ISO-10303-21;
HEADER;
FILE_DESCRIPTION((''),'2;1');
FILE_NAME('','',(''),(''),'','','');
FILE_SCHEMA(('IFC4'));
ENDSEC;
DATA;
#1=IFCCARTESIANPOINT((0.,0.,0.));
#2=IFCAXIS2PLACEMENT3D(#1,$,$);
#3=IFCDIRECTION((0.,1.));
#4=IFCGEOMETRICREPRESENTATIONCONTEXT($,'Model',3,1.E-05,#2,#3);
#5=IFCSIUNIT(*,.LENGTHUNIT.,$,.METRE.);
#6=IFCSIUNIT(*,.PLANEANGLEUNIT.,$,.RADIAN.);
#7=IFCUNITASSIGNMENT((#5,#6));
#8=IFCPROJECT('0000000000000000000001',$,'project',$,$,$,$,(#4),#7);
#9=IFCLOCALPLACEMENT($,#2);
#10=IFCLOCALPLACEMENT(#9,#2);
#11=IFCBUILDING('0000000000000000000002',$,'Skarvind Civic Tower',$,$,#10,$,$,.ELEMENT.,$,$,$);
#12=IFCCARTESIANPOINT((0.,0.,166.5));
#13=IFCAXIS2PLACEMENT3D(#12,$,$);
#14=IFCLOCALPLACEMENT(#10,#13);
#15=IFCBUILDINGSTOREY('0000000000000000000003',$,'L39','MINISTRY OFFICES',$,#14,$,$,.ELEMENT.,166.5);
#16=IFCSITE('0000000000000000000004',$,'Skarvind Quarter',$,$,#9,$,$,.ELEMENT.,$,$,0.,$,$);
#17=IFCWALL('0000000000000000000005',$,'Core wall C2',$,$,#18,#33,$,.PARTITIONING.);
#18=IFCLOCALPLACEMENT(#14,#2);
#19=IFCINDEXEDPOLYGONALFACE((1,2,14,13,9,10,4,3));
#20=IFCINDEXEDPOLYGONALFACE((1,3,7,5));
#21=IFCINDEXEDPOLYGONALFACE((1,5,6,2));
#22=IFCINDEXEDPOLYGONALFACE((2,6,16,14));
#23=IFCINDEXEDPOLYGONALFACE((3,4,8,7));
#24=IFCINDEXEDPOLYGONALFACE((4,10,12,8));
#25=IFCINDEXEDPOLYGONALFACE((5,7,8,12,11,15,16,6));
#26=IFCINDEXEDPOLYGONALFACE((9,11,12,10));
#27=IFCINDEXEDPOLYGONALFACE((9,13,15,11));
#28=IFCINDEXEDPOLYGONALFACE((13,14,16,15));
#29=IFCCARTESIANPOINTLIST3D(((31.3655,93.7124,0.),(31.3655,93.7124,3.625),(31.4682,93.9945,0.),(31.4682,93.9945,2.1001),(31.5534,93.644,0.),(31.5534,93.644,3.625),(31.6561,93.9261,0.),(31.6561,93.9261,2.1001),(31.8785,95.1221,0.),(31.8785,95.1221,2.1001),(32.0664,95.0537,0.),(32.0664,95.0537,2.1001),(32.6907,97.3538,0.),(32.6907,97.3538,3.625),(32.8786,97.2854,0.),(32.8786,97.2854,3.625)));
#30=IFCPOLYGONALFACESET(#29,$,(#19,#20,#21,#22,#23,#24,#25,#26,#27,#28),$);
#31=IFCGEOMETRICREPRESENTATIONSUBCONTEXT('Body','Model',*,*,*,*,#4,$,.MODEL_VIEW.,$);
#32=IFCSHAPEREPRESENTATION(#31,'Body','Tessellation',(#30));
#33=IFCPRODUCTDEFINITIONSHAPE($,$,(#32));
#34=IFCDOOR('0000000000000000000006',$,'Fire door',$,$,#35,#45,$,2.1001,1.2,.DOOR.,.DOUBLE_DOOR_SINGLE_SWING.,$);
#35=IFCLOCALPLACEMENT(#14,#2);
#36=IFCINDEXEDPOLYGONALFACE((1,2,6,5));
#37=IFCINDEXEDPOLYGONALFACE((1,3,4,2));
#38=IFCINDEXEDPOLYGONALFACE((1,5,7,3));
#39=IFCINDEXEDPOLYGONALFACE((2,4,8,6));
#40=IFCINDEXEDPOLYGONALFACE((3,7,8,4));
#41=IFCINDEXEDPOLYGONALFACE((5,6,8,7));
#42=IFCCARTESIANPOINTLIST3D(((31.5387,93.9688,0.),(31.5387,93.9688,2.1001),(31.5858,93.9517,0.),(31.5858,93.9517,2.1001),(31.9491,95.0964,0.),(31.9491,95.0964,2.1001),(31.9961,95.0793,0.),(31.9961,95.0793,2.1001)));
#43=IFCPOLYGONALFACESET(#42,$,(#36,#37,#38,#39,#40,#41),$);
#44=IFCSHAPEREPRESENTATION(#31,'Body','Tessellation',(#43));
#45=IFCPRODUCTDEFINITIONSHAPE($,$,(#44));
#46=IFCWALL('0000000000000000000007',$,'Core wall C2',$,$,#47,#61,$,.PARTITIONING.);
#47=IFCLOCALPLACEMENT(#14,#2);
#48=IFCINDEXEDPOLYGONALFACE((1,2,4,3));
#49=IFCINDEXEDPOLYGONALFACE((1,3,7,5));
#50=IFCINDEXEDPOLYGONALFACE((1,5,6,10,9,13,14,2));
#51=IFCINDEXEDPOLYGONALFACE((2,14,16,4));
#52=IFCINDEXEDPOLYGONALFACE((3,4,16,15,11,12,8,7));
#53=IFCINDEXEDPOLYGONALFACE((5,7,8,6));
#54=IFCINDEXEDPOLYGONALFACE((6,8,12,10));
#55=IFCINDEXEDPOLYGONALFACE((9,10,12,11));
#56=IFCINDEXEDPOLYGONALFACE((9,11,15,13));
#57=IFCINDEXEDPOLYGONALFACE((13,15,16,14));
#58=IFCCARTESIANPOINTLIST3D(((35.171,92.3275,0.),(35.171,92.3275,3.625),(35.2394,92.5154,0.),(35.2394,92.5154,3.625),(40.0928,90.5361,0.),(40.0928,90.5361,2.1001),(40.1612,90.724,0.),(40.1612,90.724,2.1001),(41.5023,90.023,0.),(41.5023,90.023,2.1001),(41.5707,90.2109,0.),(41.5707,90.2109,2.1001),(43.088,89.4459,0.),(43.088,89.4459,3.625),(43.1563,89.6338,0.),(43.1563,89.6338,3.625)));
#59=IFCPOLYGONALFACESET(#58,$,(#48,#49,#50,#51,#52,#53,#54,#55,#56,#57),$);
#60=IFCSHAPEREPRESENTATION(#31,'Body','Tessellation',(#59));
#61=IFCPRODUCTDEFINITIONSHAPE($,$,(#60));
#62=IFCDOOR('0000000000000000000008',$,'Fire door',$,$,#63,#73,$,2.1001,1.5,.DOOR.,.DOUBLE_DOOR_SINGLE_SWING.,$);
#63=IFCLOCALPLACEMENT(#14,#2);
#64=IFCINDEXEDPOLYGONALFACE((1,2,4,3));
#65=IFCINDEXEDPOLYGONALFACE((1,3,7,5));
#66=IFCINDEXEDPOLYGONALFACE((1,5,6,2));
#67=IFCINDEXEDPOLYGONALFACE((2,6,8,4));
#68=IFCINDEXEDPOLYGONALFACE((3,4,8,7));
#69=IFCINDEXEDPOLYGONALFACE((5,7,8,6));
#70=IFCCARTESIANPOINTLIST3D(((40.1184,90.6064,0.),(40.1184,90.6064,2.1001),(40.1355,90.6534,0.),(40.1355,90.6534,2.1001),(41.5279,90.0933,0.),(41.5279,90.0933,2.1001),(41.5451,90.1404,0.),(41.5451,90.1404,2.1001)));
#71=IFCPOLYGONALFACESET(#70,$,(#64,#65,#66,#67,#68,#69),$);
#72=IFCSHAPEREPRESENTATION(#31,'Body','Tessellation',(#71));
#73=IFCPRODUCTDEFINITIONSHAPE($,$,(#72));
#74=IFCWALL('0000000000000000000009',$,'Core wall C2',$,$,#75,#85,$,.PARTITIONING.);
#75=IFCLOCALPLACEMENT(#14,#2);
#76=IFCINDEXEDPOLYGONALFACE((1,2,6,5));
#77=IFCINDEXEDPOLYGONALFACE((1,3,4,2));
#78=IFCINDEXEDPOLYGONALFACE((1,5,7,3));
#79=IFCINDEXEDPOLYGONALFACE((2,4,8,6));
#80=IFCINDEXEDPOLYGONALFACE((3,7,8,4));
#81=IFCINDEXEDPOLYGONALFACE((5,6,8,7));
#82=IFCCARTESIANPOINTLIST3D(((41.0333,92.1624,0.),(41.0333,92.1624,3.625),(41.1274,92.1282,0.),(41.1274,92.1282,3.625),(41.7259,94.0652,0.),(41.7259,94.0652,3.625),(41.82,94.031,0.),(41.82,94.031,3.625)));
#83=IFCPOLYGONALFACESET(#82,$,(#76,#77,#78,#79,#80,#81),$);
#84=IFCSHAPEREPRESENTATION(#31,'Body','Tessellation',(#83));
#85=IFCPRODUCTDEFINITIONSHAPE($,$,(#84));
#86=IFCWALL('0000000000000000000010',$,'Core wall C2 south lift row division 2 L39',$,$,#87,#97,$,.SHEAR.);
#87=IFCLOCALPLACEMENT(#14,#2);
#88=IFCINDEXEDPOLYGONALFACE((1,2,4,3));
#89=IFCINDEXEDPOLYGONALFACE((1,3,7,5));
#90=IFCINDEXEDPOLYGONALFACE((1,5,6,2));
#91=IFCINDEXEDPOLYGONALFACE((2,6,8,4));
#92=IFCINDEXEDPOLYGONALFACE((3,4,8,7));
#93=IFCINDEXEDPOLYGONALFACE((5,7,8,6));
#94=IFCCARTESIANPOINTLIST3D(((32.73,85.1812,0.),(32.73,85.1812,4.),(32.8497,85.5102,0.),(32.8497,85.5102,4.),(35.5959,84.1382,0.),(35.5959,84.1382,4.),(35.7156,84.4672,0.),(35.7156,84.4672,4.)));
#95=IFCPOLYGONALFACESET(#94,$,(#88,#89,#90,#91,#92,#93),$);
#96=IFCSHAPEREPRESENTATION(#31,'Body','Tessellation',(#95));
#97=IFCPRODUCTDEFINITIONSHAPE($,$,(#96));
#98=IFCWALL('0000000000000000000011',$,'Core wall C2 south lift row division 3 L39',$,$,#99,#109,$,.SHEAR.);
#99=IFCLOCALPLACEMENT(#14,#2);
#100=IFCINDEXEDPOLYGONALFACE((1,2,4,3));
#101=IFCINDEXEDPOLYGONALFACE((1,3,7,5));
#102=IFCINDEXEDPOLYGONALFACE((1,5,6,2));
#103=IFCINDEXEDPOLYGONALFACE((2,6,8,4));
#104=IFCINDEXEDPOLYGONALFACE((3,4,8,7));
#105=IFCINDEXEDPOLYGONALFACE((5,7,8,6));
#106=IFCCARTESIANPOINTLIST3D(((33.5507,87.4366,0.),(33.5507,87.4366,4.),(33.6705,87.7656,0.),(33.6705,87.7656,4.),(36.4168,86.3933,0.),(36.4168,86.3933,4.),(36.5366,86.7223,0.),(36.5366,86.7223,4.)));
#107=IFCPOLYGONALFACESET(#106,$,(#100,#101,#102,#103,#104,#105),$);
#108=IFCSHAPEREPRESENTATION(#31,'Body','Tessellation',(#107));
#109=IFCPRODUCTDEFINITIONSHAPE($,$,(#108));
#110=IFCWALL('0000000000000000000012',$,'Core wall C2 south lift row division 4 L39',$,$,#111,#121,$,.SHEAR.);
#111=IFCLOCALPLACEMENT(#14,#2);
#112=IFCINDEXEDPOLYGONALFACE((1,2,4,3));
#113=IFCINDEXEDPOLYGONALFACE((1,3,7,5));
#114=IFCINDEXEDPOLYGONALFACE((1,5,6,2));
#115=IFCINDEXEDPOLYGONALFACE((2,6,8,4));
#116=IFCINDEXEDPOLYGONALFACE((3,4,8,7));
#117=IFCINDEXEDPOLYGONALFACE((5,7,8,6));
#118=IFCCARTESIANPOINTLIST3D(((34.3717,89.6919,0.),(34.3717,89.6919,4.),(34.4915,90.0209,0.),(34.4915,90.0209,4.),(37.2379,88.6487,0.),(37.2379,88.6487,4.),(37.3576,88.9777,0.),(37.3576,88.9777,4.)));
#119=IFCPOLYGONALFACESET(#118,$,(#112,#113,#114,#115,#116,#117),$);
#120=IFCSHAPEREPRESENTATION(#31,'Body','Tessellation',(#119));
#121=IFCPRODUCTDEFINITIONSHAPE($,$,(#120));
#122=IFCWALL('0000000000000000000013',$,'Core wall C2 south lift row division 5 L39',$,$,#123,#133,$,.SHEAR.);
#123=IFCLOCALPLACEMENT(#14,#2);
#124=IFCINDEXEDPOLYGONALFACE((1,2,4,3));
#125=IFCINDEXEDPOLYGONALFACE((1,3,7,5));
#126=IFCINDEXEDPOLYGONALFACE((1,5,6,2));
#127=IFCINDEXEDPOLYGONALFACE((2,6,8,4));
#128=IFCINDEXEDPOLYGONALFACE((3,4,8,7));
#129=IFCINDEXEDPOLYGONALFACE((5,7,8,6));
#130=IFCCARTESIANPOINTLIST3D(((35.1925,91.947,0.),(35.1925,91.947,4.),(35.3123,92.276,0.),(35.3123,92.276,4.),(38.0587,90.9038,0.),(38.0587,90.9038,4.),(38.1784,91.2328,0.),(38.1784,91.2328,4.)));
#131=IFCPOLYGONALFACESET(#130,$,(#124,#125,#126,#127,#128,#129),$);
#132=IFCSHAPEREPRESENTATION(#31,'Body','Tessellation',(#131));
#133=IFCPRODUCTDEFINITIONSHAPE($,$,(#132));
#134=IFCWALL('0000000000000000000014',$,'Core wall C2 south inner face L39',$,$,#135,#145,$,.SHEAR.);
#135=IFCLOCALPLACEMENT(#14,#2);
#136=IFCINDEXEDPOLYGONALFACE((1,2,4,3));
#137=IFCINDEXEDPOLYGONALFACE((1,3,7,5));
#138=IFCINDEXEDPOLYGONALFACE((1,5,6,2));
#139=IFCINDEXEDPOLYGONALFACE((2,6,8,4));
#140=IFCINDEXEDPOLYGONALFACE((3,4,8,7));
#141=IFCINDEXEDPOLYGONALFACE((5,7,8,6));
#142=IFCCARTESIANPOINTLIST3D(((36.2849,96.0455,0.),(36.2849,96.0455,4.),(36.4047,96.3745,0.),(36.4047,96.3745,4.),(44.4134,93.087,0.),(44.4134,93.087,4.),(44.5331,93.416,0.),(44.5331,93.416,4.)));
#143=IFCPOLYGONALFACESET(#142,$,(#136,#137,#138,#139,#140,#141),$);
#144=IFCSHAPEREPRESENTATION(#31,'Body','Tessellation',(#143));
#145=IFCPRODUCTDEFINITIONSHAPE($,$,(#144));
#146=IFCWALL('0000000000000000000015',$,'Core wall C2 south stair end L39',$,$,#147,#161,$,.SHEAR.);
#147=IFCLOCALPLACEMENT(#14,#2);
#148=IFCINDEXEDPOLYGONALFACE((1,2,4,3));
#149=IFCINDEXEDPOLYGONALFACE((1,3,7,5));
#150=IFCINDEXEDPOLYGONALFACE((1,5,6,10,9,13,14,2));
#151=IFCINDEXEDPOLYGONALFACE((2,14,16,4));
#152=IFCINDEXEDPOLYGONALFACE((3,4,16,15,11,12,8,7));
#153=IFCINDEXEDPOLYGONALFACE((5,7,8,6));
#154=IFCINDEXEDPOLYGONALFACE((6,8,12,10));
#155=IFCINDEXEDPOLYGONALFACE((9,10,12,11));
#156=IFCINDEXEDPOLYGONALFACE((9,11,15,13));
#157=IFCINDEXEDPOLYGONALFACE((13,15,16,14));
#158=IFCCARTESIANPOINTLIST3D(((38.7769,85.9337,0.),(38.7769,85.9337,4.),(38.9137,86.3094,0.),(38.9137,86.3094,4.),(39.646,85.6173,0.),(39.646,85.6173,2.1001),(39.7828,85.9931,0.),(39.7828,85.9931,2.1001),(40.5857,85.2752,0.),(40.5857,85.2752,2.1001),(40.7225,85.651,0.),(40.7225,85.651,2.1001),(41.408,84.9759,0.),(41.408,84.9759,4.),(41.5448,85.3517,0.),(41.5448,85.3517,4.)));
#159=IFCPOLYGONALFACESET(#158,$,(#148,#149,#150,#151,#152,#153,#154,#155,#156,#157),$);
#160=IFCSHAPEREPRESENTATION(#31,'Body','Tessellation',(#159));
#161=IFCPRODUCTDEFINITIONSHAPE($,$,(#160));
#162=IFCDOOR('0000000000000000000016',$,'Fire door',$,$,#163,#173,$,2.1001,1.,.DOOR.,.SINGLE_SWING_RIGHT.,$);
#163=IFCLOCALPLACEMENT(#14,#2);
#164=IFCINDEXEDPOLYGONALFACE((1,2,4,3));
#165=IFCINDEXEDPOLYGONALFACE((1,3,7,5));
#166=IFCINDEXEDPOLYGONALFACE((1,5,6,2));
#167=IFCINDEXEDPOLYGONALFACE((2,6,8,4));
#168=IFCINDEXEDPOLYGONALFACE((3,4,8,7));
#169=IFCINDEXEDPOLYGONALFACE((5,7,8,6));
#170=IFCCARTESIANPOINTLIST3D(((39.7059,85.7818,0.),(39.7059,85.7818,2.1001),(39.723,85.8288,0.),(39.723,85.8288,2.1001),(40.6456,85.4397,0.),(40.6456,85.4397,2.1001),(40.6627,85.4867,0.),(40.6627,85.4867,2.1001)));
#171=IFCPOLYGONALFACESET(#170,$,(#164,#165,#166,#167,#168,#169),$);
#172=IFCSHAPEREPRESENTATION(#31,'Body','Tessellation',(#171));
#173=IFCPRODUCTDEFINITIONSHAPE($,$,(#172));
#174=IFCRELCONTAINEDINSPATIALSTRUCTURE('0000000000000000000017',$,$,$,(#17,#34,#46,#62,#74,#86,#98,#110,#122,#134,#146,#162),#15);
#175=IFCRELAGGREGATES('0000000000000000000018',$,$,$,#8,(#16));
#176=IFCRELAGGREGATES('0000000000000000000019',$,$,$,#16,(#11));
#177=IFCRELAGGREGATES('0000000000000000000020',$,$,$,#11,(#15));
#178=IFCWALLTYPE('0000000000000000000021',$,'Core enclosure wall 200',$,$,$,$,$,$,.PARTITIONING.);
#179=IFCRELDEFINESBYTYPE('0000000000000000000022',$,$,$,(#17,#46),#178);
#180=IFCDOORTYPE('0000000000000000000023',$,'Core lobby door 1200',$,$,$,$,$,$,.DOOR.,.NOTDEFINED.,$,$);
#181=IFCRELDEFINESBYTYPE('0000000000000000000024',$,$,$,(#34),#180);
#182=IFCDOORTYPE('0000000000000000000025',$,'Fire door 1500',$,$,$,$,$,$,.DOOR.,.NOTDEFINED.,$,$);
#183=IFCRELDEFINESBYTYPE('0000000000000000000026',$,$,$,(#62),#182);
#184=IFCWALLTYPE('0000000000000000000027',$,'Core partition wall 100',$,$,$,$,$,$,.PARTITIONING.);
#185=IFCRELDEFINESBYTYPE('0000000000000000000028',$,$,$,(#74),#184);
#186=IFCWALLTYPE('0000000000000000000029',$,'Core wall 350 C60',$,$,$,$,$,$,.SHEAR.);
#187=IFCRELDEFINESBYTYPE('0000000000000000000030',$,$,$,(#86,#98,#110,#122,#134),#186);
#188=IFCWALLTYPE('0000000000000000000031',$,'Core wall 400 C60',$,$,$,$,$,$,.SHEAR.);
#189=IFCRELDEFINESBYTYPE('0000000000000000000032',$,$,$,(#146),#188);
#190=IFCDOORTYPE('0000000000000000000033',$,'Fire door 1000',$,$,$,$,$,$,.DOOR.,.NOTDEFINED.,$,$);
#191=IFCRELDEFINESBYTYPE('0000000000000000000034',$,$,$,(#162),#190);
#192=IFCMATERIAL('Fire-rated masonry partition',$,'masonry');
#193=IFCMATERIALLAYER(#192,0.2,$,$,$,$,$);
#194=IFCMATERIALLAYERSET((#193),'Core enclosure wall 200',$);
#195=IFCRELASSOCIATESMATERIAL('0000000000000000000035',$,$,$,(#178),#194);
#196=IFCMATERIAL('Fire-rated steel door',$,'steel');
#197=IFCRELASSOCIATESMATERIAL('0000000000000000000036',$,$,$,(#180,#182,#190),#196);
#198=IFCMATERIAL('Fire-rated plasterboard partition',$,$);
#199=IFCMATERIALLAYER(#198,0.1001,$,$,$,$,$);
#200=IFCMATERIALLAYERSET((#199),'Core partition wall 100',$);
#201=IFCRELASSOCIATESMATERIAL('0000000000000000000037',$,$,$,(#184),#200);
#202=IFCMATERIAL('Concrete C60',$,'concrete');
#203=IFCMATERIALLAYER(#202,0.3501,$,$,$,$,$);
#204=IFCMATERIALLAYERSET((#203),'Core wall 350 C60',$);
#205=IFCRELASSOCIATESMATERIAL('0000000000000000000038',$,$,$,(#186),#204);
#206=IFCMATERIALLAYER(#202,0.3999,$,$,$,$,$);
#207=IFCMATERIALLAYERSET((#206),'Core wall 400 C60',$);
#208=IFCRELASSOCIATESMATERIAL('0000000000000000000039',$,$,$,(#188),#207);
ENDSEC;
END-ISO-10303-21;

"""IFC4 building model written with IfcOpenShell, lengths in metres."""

from ifc_helpers import new_model, si_unit, direction, frame, frame_2d, origin, place, context, subcontext, project, spatial, rectangle, extrude, material, layer, layer_set, type_object, element, fill, save


model = new_model("IFC4")

# Units and contexts
model_context = context("Model", 3, precision=1e-05, world=origin(), true_north=direction((0.0, 1.0)))
body_context = subcontext(model_context, "Body", "Model", "MODEL_VIEW")
ifc_project = project(units=[si_unit("LENGTHUNIT", "METRE"), si_unit("PLANEANGLEUNIT", "RADIAN")], contexts=[model_context])

# Site, building, storey
site_placement = place(None, origin())
site = spatial("IfcSite", under=ifc_project, at=site_placement, Name="Skarvind Quarter", CompositionType="ELEMENT", RefElevation=0.0)
building_placement = place(site_placement, origin())
building = spatial("IfcBuilding", under=site, at=building_placement, Name="Skarvind Civic Tower", CompositionType="ELEMENT")
storey_placement = place(building_placement, frame((0.0, 0.0, 166.5)))
storey = spatial("IfcBuildingStorey", under=building, at=storey_placement, Name="L39", Description="MINISTRY OFFICES", CompositionType="ELEMENT", Elevation=166.5)

# Walls, openings, doors
ifc_material_1 = material(Name="Fire-rated masonry partition", Category="masonry")
ifc_layer_1 = layer(ifc_material_1, 0.2)
ifc_layer_set_1 = layer_set([ifc_layer_1], Name="Core enclosure wall 200")
wall_type_1 = type_object("IfcWallType", Name="Core enclosure wall 200", PredefinedType="PARTITIONING", material=ifc_layer_set_1)
wall_1_placement = place(storey_placement, frame((31.4595, 93.6782, 0.0), z_axis=(0.0, 0.0, 1.0), x_axis=(0.341986, 0.939705, 0.0)))
wall_1 = element("IfcWall", 1, at=wall_1_placement, inside=storey, type_object=wall_type_1, Name="Core wall C2", PredefinedType="PARTITIONING", context=body_context, shape_type="SweptSolid", body=[
    extrude(rectangle(XDim=3.875, YDim=0.2, at=frame_2d((1.9375, 0.0))), origin(), (0.0, 0.0, 1.0), 3.625),
])
opening_1_placement = place(wall_1_placement, frame((0.3, 0.0, 0.0)))
opening_1 = element("IfcOpeningElement", 2, at=opening_1_placement, cuts=wall_1, PredefinedType="OPENING", context=body_context, shape_type="SweptSolid", body=[
    extrude(rectangle(XDim=1.2, YDim=2.1001, at=frame_2d((0.6001, 1.05))), frame((0.0, 0.1099, 0.0), z_axis=(0.0, -1.0, 0.0), x_axis=(1.0, 0.0, 0.0)), (0.0, 0.0, 1.0), 0.22),
])
ifc_material_2 = material(Name="Fire-rated steel door", Category="steel")
door_type_1 = type_object("IfcDoorType", Name="Core lobby door 1200", OperationType="NOTDEFINED", PredefinedType="DOOR", material=ifc_material_2)
door_1_placement = place(opening_1_placement, origin())
door_1 = element("IfcDoor", 3, at=door_1_placement, inside=storey, type_object=door_type_1, Name="Fire door", OperationType="DOUBLE_DOOR_SINGLE_SWING", OverallHeight=2.1001, OverallWidth=1.2, PredefinedType="DOOR", context=body_context, shape_type="SweptSolid", body=[
    extrude(rectangle(XDim=1.2, YDim=2.1001, at=frame_2d((0.6001, 1.05))), frame((0.0, 0.0249, 0.0), z_axis=(0.0, -1.0, 0.0), x_axis=(1.0, 0.0, 0.0)), (0.0, 0.0, 1.0), 0.05),
])
fill(opening_1, door_1)
wall_2_placement = place(storey_placement, frame((35.2053, 92.4214, 0.0), z_axis=(0.0, 0.0, 1.0), x_axis=(0.939691, -0.342025, 0.0)))
wall_2 = element("IfcWall", 4, at=wall_2_placement, inside=storey, type_object=wall_type_1, Name="Core wall C2", PredefinedType="PARTITIONING", context=body_context, shape_type="SweptSolid", body=[
    extrude(rectangle(XDim=8.425, YDim=0.2, at=frame_2d((4.2124, 0.0))), origin(), (0.0, 0.0, 1.0), 3.625),
])
opening_2_placement = place(wall_2_placement, frame((5.2375, 0.0, 0.0)))
opening_2 = element("IfcOpeningElement", 5, at=opening_2_placement, cuts=wall_2, PredefinedType="OPENING", context=body_context, shape_type="SweptSolid", body=[
    extrude(rectangle(XDim=1.5, YDim=2.1001, at=frame_2d((0.75, 1.05))), frame((0.0, 0.1099, 0.0), z_axis=(0.0, -1.0, 0.0), x_axis=(1.0, 0.0, 0.0)), (0.0, 0.0, 1.0), 0.22),
])
door_type_2 = type_object("IfcDoorType", Name="Fire door 1500", OperationType="NOTDEFINED", PredefinedType="DOOR", material=ifc_material_2)
door_2_placement = place(opening_2_placement, origin())
door_2 = element("IfcDoor", 6, at=door_2_placement, inside=storey, type_object=door_type_2, Name="Fire door", OperationType="DOUBLE_DOOR_SINGLE_SWING", OverallHeight=2.1001, OverallWidth=1.5, PredefinedType="DOOR", context=body_context, shape_type="SweptSolid", body=[
    extrude(rectangle(XDim=1.5, YDim=2.1001, at=frame_2d((0.75, 1.05))), frame((0.0, 0.0249, 0.0), z_axis=(0.0, -1.0, 0.0), x_axis=(1.0, 0.0, 0.0)), (0.0, 0.0, 1.0), 0.05),
])
fill(opening_2, door_2)

# Walls
ifc_material_3 = material(Name="Fire-rated plasterboard partition")
ifc_layer_2 = layer(ifc_material_3, 0.1001)
ifc_layer_set_2 = layer_set([ifc_layer_2], Name="Core partition wall 100")
wall_type_2 = type_object("IfcWallType", Name="Core partition wall 100", PredefinedType="PARTITIONING", material=ifc_layer_set_2)
wall_3_placement = place(storey_placement, frame((41.7729, 94.0481, 0.0), z_axis=(0.0, 0.0, 1.0), x_axis=(-0.342043, -0.939684, 0.0)))
element("IfcWall", 7, at=wall_3_placement, inside=storey, type_object=wall_type_2, Name="Core wall C2", PredefinedType="PARTITIONING", context=body_context, shape_type="SweptSolid", body=[
    extrude(rectangle(XDim=2.0249, YDim=0.1001, at=frame_2d((1.0125, 0.0))), origin(), (0.0, 0.0, 1.0), 3.625),
])
ifc_material_4 = material(Name="Concrete C60", Category="concrete")
ifc_layer_3 = layer(ifc_material_4, 0.3501)
ifc_layer_set_3 = layer_set([ifc_layer_3], Name="Core wall 350 C60")
wall_type_3 = type_object("IfcWallType", Name="Core wall 350 C60", PredefinedType="SHEAR", material=ifc_layer_set_3)
wall_4_placement = place(storey_placement, frame((35.6558, 84.3027, 0.0), z_axis=(0.0, 0.0, 1.0), x_axis=(-0.939709, 0.341974, 0.0)))
element("IfcWall", 8, at=wall_4_placement, inside=storey, type_object=wall_type_3, Name="Core wall C2 south lift row division 2 L39", PredefinedType="SHEAR", context=body_context, shape_type="SweptSolid", body=[
    extrude(rectangle(XDim=3.0498, YDim=0.3501, at=frame_2d((1.5249, 0.0))), origin(), (0.0, 0.0, 1.0), 4.0),
])
for number, where, z_axis, x_axis, name in (
    (9, (36.4766, 86.5579, 0.0), (0.0, 0.0, 1.0), (-0.939684, 0.342045, 0.0), "Core wall C2 south lift row division 3 L39"),
    (10, (37.2976, 88.8132, 0.0), (0.0, 0.0, 1.0), (-0.939693, 0.342019, 0.0), "Core wall C2 south lift row division 4 L39"),
    (11, (38.1184, 91.0684, 0.0), (0.0, 0.0, 1.0), (-0.939693, 0.342019, 0.0), "Core wall C2 south lift row division 5 L39"),
):
    element("IfcWall", number, at=place(storey_placement, frame(where, z_axis=z_axis, x_axis=x_axis)), inside=storey, type_object=wall_type_3, Name=name, PredefinedType="SHEAR", context=body_context, shape_type="SweptSolid", body=[
        extrude(rectangle(XDim=3.05, YDim=0.3501, at=frame_2d((1.5249, 0.0))), origin(), (0.0, 0.0, 1.0), 4.0),
    ])
wall_5_placement = place(storey_placement, frame((44.4734, 93.2515, 0.0), z_axis=(0.0, 0.0, 1.0), x_axis=(-0.939693, 0.34202, 0.0)))
element("IfcWall", 12, at=wall_5_placement, inside=storey, type_object=wall_type_3, Name="Core wall C2 south inner face L39", PredefinedType="SHEAR", context=body_context, shape_type="SweptSolid", body=[
    extrude(rectangle(XDim=8.6501, YDim=0.3501, at=frame_2d((4.3252, 0.0))), origin(), (0.0, 0.0, 1.0), 4.0),
])

# Wall, opening, door
ifc_layer_4 = layer(ifc_material_4, 0.3999)
ifc_layer_set_4 = layer_set([ifc_layer_4], Name="Core wall 400 C60")
wall_type_4 = type_object("IfcWallType", Name="Core wall 400 C60", PredefinedType="SHEAR", material=ifc_layer_set_4)
wall_6_placement = place(storey_placement, frame((41.4763, 85.1638, 0.0), z_axis=(0.0, 0.0, 1.0), x_axis=(-0.939679, 0.342058, 0.0)))
wall_6 = element("IfcWall", 13, at=wall_6_placement, inside=storey, type_object=wall_type_4, Name="Core wall C2 south stair end L39", PredefinedType="SHEAR", context=body_context, shape_type="SweptSolid", body=[
    extrude(rectangle(XDim=2.8, YDim=0.3999, at=frame_2d((1.3999, 0.0))), origin(), (0.0, 0.0, 1.0), 4.0),
])
opening_3_placement = place(wall_6_placement, frame((0.875, 0.0, 0.0)))
opening_3 = element("IfcOpeningElement", 14, at=opening_3_placement, cuts=wall_6, PredefinedType="OPENING", context=body_context, shape_type="SweptSolid", body=[
    extrude(rectangle(XDim=1.0, YDim=2.1001, at=frame_2d((0.5, 1.05))), frame((0.0, 0.21, 0.0), z_axis=(0.0, -1.0, 0.0), x_axis=(1.0, 0.0, 0.0)), (0.0, 0.0, 1.0), 0.4199),
])
door_type_3 = type_object("IfcDoorType", Name="Fire door 1000", OperationType="NOTDEFINED", PredefinedType="DOOR", material=ifc_material_2)
door_3_placement = place(opening_3_placement, origin())
door_3 = element("IfcDoor", 15, at=door_3_placement, inside=storey, type_object=door_type_3, Name="Fire door", OperationType="SINGLE_SWING_RIGHT", OverallHeight=2.1001, OverallWidth=1.0, PredefinedType="DOOR", context=body_context, shape_type="SweptSolid", body=[
    extrude(rectangle(XDim=1.0, YDim=2.1001, at=frame_2d((0.5, 1.05))), frame((0.0, 0.0249, 0.0), z_axis=(0.0, -1.0, 0.0), x_axis=(1.0, 0.0, 0.0)), (0.0, 0.0, 1.0), 0.05),
])
fill(opening_3, door_3)

save(model, "model.ifc")
